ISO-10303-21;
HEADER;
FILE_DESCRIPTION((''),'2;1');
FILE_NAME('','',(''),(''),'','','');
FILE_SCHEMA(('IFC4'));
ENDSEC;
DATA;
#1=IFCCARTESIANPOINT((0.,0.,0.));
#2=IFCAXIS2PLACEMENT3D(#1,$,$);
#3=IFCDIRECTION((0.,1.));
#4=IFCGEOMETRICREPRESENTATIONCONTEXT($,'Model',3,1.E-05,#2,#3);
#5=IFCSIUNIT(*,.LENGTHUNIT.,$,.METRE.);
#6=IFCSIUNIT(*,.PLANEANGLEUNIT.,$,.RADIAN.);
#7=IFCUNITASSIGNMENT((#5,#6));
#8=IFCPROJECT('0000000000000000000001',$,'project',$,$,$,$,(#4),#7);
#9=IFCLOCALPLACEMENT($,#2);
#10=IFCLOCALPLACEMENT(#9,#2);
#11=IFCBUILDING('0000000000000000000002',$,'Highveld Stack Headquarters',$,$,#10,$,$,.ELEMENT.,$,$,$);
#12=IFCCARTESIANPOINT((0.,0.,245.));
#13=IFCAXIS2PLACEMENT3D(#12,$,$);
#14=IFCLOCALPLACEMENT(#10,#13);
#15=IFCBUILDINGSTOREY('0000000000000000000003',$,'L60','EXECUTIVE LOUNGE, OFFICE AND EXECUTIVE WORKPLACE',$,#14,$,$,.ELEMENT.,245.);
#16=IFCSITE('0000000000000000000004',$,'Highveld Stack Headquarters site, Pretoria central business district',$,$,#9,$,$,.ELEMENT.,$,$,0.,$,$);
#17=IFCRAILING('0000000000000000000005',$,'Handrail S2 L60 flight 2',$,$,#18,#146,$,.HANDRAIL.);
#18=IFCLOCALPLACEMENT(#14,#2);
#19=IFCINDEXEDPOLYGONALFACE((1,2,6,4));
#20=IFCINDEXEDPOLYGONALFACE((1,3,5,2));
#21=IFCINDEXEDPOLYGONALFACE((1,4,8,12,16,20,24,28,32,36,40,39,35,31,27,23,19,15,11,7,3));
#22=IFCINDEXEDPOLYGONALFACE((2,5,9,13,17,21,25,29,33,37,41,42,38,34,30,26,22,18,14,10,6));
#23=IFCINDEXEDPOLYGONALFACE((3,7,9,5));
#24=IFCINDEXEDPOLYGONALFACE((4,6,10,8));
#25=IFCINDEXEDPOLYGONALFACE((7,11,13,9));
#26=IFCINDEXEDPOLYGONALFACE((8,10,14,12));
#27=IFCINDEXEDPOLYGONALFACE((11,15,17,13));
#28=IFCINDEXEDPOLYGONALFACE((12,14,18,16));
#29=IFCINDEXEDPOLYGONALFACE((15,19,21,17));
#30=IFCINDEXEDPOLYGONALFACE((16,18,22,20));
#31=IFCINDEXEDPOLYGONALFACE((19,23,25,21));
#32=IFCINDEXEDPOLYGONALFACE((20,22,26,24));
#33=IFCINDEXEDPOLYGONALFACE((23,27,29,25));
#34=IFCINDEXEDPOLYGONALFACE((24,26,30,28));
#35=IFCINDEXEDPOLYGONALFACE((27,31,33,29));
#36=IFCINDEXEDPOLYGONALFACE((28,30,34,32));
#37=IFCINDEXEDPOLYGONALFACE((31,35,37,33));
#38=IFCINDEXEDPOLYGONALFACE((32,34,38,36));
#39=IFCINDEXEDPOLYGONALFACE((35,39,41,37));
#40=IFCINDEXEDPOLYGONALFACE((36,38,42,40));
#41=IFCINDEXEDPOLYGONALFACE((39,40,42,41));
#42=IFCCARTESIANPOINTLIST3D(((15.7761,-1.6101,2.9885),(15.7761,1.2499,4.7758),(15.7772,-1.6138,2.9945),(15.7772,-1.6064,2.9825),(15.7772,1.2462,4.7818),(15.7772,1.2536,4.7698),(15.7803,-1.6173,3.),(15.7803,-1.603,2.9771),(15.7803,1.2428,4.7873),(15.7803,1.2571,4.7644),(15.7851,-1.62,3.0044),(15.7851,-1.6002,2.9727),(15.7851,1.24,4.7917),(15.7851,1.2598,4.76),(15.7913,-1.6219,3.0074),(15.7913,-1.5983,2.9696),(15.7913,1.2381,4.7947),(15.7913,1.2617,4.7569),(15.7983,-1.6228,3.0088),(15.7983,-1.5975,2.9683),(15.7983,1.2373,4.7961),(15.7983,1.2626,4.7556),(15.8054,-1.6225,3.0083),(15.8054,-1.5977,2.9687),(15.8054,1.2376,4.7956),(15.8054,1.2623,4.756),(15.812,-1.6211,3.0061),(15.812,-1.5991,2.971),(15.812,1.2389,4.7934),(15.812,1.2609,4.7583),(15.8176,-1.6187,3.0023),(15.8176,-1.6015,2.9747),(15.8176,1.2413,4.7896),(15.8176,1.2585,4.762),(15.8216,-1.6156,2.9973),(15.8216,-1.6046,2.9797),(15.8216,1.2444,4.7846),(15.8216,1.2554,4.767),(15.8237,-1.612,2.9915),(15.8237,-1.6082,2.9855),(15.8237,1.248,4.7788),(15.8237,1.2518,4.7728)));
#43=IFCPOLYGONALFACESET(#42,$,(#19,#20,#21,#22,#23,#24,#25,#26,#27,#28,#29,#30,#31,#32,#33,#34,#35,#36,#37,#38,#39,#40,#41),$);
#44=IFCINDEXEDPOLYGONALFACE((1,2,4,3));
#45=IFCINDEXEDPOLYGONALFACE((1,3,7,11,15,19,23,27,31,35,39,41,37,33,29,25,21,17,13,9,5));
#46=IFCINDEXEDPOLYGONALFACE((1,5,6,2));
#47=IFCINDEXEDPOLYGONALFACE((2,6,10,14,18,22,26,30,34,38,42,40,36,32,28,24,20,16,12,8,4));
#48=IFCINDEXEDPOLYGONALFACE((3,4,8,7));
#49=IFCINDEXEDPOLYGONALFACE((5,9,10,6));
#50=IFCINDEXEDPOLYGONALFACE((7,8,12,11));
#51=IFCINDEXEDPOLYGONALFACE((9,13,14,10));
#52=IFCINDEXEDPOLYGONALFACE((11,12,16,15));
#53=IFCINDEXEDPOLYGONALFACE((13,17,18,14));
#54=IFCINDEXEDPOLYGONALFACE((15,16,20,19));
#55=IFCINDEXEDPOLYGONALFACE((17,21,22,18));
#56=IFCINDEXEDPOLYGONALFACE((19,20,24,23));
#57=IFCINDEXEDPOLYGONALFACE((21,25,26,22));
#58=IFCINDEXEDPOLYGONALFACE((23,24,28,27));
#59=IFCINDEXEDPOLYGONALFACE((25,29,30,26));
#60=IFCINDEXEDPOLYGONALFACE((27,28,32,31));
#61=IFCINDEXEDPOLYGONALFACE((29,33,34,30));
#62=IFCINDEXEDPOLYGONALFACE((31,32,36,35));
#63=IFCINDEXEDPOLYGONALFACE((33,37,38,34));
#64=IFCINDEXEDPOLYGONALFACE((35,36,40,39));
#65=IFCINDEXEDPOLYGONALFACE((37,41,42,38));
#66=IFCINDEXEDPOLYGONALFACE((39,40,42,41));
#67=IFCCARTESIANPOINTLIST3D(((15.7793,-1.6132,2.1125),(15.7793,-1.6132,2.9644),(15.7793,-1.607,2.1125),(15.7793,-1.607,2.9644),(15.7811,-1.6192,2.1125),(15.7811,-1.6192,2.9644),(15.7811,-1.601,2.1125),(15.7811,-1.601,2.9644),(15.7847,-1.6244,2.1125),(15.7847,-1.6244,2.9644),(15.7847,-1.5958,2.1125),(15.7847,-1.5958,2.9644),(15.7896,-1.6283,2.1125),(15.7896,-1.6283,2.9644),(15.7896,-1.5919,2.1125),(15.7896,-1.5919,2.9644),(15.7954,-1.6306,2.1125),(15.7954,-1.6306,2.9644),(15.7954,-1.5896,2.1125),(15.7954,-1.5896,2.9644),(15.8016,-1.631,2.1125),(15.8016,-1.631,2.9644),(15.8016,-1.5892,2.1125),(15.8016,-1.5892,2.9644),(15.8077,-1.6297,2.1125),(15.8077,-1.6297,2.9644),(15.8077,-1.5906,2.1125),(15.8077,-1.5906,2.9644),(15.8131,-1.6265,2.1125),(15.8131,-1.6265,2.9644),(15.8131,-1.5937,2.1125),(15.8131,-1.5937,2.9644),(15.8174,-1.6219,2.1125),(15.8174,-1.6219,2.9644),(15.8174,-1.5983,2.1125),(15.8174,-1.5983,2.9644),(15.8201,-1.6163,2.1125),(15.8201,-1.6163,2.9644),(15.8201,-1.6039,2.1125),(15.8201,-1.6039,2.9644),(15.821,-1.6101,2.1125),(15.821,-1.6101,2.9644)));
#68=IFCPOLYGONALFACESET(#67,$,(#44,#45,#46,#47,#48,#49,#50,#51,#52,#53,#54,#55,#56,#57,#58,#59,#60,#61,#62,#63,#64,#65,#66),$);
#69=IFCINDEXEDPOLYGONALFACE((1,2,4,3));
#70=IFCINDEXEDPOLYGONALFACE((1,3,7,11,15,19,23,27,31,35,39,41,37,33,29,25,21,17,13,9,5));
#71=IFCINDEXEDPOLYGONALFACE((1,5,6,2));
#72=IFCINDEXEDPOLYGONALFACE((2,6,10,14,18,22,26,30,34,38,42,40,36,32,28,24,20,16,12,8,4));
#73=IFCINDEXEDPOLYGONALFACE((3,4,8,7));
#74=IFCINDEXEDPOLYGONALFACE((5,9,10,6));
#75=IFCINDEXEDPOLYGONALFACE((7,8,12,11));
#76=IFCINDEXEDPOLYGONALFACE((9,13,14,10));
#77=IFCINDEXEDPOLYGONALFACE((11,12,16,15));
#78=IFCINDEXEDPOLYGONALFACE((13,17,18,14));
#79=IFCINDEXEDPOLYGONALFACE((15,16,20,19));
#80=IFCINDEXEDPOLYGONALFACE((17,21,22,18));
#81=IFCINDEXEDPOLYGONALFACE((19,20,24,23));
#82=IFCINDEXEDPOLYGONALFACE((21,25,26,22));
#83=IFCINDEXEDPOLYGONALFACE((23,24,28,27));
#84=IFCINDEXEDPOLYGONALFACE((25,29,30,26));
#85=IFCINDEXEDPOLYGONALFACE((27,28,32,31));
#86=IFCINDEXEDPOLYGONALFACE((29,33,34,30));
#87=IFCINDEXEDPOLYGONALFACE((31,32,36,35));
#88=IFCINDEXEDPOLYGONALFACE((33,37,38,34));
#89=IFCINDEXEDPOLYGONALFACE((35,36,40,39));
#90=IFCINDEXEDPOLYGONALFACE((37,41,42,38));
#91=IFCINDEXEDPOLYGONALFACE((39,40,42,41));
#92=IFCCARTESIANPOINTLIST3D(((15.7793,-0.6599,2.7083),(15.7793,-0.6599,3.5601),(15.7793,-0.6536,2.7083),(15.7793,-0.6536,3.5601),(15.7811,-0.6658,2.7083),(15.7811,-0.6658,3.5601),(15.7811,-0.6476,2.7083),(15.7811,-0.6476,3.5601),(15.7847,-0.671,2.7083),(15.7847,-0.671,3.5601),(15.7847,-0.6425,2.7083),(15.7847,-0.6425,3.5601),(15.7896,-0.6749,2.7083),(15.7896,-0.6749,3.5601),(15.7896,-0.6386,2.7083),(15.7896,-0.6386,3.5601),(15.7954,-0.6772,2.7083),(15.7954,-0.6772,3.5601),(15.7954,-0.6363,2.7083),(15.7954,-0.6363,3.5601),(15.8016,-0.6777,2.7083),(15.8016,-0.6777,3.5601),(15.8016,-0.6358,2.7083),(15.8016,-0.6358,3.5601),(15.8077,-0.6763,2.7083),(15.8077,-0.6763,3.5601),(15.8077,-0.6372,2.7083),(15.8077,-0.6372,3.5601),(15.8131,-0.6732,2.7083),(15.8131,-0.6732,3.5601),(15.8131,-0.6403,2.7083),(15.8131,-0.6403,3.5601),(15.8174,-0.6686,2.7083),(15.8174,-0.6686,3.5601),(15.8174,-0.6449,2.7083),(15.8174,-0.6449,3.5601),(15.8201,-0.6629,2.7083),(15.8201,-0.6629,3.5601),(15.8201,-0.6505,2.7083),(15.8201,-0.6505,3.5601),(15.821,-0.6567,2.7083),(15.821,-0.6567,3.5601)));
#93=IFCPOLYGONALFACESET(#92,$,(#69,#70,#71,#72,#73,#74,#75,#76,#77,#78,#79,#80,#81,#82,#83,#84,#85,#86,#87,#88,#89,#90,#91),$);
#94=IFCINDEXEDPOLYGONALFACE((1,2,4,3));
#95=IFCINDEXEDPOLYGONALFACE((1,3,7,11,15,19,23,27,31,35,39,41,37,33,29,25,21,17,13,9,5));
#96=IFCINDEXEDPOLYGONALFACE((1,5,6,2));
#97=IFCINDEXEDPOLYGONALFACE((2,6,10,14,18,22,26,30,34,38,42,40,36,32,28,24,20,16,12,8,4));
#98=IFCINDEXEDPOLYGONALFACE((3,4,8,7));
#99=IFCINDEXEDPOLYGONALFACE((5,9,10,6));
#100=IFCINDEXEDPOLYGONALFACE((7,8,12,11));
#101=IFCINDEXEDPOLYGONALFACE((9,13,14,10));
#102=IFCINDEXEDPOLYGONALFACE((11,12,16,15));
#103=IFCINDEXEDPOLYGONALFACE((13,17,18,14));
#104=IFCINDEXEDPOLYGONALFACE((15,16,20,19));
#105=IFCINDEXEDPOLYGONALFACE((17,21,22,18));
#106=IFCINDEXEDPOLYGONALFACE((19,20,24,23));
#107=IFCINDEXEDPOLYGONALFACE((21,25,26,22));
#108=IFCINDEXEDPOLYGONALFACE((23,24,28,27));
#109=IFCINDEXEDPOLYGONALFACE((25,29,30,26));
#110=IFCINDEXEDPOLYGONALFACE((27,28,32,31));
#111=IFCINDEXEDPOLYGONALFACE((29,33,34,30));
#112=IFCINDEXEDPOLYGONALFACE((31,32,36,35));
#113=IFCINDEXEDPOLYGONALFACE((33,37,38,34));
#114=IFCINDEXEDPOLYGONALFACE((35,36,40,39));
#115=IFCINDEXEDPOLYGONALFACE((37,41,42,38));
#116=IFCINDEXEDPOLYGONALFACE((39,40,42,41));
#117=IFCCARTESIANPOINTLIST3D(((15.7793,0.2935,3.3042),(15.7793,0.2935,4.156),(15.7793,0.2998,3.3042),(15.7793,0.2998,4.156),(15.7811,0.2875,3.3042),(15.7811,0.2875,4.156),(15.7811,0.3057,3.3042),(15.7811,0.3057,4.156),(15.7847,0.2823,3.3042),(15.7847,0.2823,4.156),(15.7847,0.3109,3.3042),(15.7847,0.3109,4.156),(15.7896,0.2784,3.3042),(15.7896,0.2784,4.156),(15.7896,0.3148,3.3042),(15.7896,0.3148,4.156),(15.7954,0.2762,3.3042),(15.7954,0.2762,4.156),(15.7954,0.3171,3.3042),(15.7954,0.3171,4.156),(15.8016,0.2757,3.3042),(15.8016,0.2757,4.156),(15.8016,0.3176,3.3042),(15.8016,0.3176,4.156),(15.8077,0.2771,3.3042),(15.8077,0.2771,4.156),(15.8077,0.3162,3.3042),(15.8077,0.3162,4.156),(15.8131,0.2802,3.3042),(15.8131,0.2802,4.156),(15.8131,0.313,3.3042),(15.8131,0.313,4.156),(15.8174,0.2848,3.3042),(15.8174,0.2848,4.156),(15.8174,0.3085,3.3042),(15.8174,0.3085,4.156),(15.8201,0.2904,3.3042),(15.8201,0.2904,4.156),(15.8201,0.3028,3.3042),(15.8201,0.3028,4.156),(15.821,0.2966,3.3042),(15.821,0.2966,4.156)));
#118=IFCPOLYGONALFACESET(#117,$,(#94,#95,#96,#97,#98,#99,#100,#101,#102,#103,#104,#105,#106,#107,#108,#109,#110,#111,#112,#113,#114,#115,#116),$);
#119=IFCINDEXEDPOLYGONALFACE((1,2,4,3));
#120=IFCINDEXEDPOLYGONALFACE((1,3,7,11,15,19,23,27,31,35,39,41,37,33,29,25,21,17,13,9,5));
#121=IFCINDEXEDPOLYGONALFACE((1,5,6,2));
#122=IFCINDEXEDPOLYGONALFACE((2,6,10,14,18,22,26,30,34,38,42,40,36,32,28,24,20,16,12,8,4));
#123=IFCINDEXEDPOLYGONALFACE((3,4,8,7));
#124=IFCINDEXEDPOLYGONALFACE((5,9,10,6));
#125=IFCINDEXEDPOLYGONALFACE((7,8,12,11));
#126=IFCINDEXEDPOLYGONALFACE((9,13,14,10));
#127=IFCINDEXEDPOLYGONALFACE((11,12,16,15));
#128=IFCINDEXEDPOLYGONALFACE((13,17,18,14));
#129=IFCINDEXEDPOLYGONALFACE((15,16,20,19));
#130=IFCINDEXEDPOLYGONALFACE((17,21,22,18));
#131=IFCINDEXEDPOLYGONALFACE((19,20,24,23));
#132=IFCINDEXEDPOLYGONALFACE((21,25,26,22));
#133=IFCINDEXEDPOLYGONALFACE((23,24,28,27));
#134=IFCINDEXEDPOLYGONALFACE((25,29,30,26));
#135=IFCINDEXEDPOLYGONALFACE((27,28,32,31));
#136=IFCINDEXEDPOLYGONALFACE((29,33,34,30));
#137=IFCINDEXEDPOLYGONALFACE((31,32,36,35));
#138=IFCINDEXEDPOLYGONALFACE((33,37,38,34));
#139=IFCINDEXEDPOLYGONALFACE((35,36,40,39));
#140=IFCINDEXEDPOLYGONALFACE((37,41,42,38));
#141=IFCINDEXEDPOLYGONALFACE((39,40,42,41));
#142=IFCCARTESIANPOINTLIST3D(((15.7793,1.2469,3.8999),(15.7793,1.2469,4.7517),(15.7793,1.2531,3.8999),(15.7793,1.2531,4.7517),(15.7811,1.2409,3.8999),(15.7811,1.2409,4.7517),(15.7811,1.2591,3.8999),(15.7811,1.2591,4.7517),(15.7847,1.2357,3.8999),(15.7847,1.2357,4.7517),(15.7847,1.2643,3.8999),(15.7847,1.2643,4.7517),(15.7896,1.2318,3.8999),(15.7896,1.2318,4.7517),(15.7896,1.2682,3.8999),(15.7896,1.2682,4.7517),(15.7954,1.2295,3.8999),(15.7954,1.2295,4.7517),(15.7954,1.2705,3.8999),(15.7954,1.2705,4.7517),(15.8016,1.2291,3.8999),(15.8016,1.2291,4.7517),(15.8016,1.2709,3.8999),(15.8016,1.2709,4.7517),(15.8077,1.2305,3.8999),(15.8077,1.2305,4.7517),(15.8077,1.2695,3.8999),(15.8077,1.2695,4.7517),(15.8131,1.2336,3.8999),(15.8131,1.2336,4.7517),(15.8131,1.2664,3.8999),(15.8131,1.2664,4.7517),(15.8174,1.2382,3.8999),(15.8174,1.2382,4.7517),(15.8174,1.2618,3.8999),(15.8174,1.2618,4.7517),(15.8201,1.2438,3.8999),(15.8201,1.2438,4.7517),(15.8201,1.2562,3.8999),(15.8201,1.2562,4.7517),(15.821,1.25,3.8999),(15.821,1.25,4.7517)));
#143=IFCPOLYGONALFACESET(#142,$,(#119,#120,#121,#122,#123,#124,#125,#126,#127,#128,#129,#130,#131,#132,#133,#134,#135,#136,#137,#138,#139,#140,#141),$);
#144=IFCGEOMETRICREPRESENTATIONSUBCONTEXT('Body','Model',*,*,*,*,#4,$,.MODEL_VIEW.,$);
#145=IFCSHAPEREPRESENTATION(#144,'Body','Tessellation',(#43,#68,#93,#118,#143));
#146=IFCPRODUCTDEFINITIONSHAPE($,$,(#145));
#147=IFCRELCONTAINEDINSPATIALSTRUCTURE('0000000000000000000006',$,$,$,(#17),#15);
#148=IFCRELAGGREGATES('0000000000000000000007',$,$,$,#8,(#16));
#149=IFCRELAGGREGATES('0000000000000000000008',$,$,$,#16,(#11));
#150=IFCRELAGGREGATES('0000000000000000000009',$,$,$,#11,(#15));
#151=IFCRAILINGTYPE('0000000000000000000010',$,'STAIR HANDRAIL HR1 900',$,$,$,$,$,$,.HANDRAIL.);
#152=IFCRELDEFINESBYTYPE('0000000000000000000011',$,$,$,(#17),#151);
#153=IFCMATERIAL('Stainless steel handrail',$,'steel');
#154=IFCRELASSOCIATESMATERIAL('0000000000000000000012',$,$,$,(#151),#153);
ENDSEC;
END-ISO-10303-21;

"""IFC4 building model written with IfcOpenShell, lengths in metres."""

from ifc_helpers import new_model, si_unit, direction, frame, origin, origin_2d, place, context, subcontext, project, spatial, circle, extrude, material, type_object, element, save


model = new_model("IFC4")

# Units and contexts
model_context = context("Model", 3, precision=1e-05, world=origin(), true_north=direction((0.0, 1.0)))
body_context = subcontext(model_context, "Body", "Model", "MODEL_VIEW")
ifc_project = project(units=[si_unit("LENGTHUNIT", "METRE"), si_unit("PLANEANGLEUNIT", "RADIAN")], contexts=[model_context])

# Site, building, storey
site_placement = place(None, origin())
site = spatial("IfcSite", under=ifc_project, at=site_placement, Name="Highveld Stack Headquarters site, Pretoria central business district", CompositionType="ELEMENT", RefElevation=0.0)
building_placement = place(site_placement, origin())
building = spatial("IfcBuilding", under=site, at=building_placement, Name="Highveld Stack Headquarters", CompositionType="ELEMENT")
storey_placement = place(building_placement, frame((0.0, 0.0, 245.0)))
storey = spatial("IfcBuildingStorey", under=building, at=storey_placement, Name="L60", Description="EXECUTIVE LOUNGE, OFFICE AND EXECUTIVE WORKPLACE", CompositionType="ELEMENT", Elevation=245.0)

# Railing
ifc_material_1 = material(Name="Stainless steel handrail", Category="steel")
railing_type = type_object("IfcRailingType", Name="STAIR HANDRAIL HR1 900", PredefinedType="HANDRAIL", material=ifc_material_1)
for number, where, name in (
    (1, (15.8, -1.6101, 2.1125), "Handrail S2 L60 flight 2"),
):
    element("IfcRailing", number, at=place(storey_placement, frame(where)), inside=storey, type_object=railing_type, Name=name, PredefinedType="HANDRAIL", context=body_context, shape_type="SweptSolid", body=[
        extrude(circle(Radius=0.0239, at=origin_2d()), frame((0.0, 0.0, 0.876), z_axis=(0.0, 0.848027, 0.529953), x_axis=(-1.0, 0.0, 0.0)), (0.0, 0.0, 1.0), 3.3726),
        extrude(circle(Radius=0.021, at=origin_2d()), origin(), (0.0, 0.0, 1.0), 0.8518),
        extrude(circle(Radius=0.021, at=origin_2d()), frame((0.0, 0.9534, 0.5957)), (0.0, 0.0, 1.0), 0.8518),
        extrude(circle(Radius=0.021, at=origin_2d()), frame((0.0, 1.9067, 1.1917)), (0.0, 0.0, 1.0), 0.8518),
        extrude(circle(Radius=0.021, at=origin_2d()), frame((0.0, 2.8601, 1.7874)), (0.0, 0.0, 1.0), 0.8518),
    ])

save(model, "model.ifc")
